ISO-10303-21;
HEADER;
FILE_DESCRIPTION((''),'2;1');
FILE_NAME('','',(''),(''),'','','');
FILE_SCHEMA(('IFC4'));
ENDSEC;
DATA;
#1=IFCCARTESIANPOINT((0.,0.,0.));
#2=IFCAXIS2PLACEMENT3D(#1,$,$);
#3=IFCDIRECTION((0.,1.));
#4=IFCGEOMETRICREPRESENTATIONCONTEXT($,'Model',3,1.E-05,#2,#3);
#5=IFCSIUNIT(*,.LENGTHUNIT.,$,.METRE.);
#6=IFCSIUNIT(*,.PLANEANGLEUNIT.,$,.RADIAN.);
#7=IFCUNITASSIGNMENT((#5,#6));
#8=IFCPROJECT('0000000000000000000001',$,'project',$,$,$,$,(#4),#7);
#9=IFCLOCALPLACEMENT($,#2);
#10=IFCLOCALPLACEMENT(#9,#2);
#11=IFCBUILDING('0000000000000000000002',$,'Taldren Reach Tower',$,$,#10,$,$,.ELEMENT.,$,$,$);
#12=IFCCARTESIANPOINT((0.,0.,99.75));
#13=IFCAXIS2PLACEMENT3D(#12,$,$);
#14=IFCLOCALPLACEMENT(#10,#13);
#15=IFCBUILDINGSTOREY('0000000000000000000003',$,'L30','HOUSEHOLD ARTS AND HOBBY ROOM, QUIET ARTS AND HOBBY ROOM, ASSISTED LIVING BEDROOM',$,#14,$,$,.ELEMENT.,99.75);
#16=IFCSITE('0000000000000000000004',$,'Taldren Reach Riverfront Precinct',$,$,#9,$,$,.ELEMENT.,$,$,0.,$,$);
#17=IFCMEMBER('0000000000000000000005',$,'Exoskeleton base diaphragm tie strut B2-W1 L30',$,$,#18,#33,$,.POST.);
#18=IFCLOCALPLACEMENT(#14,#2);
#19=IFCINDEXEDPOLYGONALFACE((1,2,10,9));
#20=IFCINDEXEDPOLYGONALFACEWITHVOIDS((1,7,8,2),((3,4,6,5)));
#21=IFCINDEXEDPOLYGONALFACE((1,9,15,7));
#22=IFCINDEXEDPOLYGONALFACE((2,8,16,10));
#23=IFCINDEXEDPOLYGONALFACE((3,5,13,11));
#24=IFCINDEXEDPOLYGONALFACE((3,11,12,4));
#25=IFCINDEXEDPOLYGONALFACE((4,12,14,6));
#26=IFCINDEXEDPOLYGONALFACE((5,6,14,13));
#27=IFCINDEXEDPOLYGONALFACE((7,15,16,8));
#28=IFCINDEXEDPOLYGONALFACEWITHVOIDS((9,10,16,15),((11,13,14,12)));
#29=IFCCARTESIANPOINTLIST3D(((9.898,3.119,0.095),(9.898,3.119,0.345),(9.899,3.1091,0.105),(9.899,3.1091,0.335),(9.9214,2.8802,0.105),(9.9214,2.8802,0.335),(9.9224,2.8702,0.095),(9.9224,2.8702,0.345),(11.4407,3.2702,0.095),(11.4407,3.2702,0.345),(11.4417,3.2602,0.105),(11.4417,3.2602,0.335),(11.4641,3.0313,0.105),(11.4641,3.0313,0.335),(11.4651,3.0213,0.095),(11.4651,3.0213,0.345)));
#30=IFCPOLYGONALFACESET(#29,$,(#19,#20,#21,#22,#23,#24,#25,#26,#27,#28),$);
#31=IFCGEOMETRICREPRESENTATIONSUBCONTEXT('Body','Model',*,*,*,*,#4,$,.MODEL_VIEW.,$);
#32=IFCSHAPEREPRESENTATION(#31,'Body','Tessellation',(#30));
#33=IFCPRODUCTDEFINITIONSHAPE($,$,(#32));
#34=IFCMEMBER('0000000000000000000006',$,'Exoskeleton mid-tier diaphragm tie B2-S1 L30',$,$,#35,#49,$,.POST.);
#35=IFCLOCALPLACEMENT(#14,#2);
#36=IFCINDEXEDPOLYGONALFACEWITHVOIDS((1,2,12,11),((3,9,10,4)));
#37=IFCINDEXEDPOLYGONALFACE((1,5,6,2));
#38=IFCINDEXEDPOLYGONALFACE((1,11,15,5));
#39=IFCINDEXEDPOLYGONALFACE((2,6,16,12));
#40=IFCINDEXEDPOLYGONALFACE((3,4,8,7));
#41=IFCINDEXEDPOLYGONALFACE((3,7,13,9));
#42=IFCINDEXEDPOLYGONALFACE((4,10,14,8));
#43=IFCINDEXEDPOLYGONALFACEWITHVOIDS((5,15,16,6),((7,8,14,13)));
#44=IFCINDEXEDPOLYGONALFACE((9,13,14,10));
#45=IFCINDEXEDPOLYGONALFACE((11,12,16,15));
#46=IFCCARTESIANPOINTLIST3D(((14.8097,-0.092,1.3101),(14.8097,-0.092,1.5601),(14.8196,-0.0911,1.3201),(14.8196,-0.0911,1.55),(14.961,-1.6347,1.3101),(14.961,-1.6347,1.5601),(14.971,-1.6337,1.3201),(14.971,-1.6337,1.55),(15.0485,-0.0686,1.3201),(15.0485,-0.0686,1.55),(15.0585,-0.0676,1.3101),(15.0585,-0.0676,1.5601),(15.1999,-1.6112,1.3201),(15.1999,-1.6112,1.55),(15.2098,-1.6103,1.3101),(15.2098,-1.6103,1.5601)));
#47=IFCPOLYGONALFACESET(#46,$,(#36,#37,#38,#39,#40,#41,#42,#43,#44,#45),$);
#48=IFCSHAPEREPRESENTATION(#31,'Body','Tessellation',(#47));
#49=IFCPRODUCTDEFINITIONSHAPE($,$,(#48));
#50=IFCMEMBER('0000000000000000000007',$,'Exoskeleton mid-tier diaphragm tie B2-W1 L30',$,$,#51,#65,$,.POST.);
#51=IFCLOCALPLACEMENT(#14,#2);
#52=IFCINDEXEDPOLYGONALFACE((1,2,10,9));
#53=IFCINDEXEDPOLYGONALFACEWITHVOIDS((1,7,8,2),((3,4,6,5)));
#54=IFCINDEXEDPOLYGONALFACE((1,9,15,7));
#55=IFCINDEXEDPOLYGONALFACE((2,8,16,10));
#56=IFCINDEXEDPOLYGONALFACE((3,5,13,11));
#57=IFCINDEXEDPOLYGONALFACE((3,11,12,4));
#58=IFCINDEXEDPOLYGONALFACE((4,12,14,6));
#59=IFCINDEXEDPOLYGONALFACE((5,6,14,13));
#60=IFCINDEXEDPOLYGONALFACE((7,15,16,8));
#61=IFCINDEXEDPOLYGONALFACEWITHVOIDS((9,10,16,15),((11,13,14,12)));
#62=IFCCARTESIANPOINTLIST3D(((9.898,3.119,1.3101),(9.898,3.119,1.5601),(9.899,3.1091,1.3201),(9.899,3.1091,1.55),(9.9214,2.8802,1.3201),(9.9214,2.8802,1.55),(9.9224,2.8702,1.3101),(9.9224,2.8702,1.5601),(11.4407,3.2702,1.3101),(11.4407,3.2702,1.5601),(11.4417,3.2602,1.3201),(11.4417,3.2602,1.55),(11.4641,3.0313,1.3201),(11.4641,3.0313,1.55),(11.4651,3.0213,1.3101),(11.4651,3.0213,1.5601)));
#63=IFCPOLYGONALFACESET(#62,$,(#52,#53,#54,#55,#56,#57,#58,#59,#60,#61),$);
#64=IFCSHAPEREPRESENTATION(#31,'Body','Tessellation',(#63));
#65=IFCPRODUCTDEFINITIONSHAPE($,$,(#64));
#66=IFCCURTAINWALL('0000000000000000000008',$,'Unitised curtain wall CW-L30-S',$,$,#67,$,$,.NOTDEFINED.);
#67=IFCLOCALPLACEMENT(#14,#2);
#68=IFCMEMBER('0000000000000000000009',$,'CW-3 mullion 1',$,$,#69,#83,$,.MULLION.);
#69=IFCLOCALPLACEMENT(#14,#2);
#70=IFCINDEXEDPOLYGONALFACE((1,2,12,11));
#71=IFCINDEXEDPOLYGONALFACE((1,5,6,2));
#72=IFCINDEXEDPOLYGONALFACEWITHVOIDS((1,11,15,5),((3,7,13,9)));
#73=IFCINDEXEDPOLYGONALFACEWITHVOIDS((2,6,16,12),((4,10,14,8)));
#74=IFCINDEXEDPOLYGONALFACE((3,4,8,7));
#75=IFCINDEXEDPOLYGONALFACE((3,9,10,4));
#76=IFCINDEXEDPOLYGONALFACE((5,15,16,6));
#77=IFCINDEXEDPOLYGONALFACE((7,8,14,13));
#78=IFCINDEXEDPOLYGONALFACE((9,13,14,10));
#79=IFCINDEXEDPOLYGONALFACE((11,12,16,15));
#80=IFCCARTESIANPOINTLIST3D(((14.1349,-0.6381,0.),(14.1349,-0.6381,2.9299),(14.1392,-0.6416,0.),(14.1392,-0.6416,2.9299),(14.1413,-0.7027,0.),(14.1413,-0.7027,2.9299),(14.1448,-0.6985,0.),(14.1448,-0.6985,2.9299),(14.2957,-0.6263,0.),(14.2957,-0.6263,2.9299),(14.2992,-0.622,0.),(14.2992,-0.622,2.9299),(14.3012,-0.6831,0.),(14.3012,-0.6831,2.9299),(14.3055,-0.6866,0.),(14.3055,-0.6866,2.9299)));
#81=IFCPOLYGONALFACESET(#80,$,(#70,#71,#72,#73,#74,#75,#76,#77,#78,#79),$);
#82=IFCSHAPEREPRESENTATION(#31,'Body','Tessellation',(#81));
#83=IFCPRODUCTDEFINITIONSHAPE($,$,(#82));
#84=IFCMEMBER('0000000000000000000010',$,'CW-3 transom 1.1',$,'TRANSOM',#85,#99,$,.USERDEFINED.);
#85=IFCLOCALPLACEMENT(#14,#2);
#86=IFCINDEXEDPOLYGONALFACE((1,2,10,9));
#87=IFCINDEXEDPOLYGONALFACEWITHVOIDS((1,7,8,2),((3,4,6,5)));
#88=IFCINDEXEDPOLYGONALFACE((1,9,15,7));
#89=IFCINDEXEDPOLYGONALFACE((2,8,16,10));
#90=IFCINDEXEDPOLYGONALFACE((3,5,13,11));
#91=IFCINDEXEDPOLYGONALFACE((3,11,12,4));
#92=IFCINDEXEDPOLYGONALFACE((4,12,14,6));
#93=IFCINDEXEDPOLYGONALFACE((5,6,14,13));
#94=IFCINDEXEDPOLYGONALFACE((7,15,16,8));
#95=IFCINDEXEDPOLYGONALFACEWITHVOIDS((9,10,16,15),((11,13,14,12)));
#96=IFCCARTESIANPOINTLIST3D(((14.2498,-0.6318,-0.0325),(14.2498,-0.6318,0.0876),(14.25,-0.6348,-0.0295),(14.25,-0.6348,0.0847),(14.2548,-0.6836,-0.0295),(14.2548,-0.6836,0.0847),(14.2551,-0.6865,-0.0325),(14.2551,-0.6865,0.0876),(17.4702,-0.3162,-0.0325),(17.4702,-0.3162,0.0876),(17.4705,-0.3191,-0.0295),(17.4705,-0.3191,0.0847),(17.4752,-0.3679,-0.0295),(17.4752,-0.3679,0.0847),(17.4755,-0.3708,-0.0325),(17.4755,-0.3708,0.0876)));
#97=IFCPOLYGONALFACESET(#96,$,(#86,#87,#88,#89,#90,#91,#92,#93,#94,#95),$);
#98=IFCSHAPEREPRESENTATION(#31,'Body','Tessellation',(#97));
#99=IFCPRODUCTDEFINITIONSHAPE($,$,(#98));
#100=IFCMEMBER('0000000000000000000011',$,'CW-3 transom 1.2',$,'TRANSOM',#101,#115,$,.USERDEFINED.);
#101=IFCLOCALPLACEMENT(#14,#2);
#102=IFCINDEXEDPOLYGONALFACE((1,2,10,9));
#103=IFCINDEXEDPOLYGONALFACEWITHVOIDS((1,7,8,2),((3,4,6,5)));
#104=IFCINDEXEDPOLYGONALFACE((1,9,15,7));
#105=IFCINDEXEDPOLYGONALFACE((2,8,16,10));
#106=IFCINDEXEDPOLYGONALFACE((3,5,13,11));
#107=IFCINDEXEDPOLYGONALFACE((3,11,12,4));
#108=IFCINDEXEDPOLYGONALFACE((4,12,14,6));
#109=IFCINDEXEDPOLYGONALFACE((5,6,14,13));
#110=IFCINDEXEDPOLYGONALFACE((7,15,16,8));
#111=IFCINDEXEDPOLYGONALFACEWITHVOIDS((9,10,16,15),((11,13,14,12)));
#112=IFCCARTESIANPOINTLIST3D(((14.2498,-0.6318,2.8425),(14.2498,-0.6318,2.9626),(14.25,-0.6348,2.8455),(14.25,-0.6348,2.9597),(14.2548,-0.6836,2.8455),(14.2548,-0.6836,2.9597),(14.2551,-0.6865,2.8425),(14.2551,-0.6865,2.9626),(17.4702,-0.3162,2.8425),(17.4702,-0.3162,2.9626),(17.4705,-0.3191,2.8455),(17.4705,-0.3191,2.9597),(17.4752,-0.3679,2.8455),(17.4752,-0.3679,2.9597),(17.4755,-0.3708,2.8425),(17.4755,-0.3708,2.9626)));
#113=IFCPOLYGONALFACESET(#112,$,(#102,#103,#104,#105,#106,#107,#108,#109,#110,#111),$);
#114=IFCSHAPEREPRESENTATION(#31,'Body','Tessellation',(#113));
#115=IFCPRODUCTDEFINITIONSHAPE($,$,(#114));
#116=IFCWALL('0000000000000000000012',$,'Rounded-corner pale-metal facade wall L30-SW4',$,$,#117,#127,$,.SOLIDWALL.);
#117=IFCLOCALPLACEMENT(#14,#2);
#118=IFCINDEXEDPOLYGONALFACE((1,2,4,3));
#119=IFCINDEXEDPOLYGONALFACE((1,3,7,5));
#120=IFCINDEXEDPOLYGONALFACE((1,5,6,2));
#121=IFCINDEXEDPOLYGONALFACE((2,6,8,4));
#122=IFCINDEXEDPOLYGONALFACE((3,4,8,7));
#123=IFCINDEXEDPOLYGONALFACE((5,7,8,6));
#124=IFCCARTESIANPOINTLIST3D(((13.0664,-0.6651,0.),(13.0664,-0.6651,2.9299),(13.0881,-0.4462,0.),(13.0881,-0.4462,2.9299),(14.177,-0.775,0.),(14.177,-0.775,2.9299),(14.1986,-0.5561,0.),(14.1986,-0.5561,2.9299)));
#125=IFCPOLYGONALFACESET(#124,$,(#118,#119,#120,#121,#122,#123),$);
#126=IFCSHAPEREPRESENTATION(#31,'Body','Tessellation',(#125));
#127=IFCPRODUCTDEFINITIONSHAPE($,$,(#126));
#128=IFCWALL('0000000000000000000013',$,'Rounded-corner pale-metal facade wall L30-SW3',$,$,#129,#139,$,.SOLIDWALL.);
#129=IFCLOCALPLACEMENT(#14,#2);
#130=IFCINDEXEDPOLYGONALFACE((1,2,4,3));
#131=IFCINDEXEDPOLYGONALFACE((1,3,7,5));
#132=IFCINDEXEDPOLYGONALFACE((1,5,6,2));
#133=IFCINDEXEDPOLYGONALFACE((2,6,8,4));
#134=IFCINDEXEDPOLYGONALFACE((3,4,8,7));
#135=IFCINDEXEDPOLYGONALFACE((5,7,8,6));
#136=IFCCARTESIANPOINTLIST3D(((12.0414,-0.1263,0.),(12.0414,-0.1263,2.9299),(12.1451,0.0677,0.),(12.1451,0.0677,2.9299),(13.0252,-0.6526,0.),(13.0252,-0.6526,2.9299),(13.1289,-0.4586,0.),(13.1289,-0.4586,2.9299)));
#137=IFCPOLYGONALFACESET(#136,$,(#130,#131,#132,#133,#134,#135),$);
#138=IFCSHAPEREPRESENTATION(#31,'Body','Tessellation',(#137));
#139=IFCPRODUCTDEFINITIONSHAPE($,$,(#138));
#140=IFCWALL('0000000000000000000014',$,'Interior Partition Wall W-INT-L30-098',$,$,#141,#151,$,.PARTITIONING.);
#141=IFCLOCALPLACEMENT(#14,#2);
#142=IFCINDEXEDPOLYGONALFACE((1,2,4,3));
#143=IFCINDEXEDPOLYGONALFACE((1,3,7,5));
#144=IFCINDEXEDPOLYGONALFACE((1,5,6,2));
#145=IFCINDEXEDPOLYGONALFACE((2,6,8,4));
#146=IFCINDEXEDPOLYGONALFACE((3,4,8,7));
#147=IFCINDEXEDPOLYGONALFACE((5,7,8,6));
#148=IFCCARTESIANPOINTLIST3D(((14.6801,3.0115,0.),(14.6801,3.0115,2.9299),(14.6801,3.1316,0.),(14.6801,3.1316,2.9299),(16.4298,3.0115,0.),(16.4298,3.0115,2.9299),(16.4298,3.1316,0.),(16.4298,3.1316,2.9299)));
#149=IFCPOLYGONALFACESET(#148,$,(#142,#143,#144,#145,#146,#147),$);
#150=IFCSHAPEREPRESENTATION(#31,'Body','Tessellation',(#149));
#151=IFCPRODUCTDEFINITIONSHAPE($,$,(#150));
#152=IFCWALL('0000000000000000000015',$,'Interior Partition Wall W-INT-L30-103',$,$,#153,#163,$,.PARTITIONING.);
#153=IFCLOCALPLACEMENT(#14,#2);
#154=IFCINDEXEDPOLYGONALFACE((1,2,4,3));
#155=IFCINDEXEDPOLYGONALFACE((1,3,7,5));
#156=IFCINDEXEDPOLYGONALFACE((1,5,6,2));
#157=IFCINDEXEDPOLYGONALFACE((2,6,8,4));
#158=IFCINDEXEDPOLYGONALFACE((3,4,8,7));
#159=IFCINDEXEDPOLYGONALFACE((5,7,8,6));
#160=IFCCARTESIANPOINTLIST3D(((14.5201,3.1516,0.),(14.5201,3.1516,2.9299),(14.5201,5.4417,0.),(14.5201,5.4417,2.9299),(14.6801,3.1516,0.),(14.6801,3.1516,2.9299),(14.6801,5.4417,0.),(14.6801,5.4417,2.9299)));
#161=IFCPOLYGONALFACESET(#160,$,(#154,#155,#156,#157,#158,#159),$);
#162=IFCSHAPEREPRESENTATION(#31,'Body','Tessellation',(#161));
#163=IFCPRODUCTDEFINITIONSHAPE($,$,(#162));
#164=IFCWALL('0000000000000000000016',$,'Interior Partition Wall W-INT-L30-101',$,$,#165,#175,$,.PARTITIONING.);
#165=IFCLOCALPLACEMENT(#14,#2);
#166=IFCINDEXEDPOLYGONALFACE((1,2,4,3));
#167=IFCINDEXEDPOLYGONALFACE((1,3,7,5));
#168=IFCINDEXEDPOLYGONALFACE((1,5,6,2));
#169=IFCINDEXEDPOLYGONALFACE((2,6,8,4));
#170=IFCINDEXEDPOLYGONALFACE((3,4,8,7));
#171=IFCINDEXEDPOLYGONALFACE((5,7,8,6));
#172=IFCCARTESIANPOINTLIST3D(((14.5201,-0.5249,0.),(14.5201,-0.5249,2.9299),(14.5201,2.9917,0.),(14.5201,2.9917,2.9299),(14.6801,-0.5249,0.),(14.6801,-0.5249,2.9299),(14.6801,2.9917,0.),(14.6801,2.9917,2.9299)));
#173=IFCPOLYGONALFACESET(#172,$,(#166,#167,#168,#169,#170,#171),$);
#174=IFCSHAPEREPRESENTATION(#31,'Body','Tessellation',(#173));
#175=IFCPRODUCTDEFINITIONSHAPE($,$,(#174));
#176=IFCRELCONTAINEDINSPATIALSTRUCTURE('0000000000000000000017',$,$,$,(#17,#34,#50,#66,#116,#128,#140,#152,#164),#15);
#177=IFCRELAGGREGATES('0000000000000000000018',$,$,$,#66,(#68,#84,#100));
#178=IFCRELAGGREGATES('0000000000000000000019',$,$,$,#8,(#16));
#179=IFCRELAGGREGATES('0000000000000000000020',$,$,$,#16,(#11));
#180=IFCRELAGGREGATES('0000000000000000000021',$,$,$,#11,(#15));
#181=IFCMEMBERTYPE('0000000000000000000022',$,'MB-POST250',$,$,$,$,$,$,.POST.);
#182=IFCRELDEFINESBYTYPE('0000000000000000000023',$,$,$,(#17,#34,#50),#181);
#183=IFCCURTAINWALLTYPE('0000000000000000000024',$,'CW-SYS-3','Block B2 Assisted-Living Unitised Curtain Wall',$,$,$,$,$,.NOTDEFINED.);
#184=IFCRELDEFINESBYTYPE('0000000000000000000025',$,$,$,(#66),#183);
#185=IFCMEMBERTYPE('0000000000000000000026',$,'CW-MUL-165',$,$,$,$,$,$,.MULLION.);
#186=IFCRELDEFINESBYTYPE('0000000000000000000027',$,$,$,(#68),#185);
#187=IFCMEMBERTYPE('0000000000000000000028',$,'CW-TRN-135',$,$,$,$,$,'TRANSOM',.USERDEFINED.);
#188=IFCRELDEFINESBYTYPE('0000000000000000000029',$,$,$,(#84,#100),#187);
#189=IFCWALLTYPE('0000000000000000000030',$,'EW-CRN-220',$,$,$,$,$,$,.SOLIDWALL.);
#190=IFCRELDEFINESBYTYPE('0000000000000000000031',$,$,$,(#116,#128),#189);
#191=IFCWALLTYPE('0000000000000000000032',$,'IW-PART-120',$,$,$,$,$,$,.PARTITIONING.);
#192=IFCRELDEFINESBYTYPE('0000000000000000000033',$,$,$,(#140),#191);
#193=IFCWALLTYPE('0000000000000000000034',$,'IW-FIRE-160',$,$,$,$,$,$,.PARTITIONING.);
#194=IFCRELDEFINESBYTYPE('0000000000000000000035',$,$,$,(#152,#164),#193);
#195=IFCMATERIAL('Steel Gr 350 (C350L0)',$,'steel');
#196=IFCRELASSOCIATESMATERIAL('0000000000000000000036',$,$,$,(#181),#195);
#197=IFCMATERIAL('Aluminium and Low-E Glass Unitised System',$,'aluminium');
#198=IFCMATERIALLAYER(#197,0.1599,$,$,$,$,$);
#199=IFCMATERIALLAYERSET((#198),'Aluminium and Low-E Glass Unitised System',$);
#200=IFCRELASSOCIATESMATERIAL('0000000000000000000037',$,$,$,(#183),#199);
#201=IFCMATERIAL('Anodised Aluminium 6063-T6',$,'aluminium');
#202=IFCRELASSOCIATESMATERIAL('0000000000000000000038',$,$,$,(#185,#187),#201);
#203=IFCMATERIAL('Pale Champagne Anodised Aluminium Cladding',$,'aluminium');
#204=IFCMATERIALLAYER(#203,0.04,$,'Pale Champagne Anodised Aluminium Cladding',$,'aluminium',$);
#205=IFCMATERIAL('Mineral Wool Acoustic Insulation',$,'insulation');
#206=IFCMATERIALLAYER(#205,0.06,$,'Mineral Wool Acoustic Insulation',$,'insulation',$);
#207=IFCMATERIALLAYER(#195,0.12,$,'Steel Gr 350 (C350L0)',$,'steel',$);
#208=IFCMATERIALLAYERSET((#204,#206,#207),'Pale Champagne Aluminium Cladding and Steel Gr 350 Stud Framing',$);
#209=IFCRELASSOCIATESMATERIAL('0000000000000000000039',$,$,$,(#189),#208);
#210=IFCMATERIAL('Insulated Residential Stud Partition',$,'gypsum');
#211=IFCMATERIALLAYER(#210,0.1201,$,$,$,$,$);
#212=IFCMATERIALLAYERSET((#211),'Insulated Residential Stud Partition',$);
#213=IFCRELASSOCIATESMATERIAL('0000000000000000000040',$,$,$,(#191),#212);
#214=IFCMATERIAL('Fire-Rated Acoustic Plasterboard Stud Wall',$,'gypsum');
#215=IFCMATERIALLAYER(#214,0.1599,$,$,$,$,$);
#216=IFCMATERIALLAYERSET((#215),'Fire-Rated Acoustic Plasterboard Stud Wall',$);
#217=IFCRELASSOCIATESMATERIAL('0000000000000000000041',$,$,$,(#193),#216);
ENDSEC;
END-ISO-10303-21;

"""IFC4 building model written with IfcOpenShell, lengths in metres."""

from ifc_helpers import new_model, si_unit, direction, frame, frame_2d, origin, origin_2d, place, context, subcontext, project, spatial, rectangle, hollow_rectangle, extrude, source, transform, mapped, material, layer, layer_set, material_profile, profile_set, type_object, element, aggregate, save


model = new_model("IFC4")

# Units and contexts
model_context = context("Model", 3, precision=1e-05, world=origin(), true_north=direction((0.0, 1.0)))
body_context = subcontext(model_context, "Body", "Model", "MODEL_VIEW")
ifc_project = project(units=[si_unit("LENGTHUNIT", "METRE"), si_unit("PLANEANGLEUNIT", "RADIAN")], contexts=[model_context])

# Site, building, storey
site_placement = place(None, origin())
site = spatial("IfcSite", under=ifc_project, at=site_placement, Name="Taldren Reach Riverfront Precinct", CompositionType="ELEMENT", RefElevation=0.0)
building_placement = place(site_placement, origin())
building = spatial("IfcBuilding", under=site, at=building_placement, Name="Taldren Reach Tower", CompositionType="ELEMENT")
storey_placement = place(building_placement, frame((0.0, 0.0, 99.75)))
storey = spatial("IfcBuildingStorey", under=building, at=storey_placement, Name="L30", Description="HOUSEHOLD ARTS AND HOBBY ROOM, QUIET ARTS AND HOBBY ROOM, ASSISTED LIVING BEDROOM", CompositionType="ELEMENT", Elevation=99.75)

# Members
ifc_material_1 = material(Name="Steel Gr 350 (C350L0)", Category="steel")
ifc_material_profile_1 = material_profile(ifc_material_1, hollow_rectangle(XDim=0.25, YDim=0.25, WallThickness=0.01, at=origin_2d()), Name="250x250x10.0SHS")
ifc_profile_set_1 = profile_set([ifc_material_profile_1], Name="Steel Gr 350 (C350L0)")
member_type_1 = type_object("IfcMemberType", Name="MB-POST250", PredefinedType="POST", material=ifc_profile_set_1)
shared_shape_1 = source(origin(), body_context, "Body", "SweptSolid", [
    extrude(hollow_rectangle(XDim=0.25, YDim=0.25, WallThickness=0.01, at=origin_2d()), origin(), (0.0, 0.0, 1.0), 1.55),
])
for number, where, z_axis, x_axis, name in (
    (1, (11.4529, 3.1458, 0.22), (-0.995236, -0.097492, 0.0), (0.097492, -0.995236, 0.0), "Exoskeleton base diaphragm tie strut B2-W1 L30"),
    (2, (14.9341, -0.0798, 1.4351), (0.097648, -0.995221, 0.0), (0.995221, 0.097648, 0.0), "Exoskeleton mid-tier diaphragm tie B2-S1 L30"),
    (3, (11.4529, 3.1458, 1.4351), (-0.995236, -0.097492, 0.0), (0.097492, -0.995236, 0.0), "Exoskeleton mid-tier diaphragm tie B2-W1 L30"),
):
    element("IfcMember", number, at=place(storey_placement, frame(where, z_axis=z_axis, x_axis=x_axis)), inside=storey, type_object=member_type_1, Name=name, PredefinedType="POST", context=body_context, shape_type="MappedRepresentation", body=[
        mapped(shared_shape_1, transform((0.0, 0.0, 0.0), scale=1.0)),
    ])

# Curtain wall, members
ifc_material_2 = material(Name="Aluminium and Low-E Glass Unitised System", Category="aluminium")
ifc_layer_1 = layer(ifc_material_2, 0.1599)
ifc_layer_set_1 = layer_set([ifc_layer_1], Name="Aluminium and Low-E Glass Unitised System")
curtain_wall_type = type_object("IfcCurtainWallType", Name="CW-SYS-3", Description="Block B2 Assisted-Living Unitised Curtain Wall", PredefinedType="NOTDEFINED", material=ifc_layer_set_1)
curtain_wall_placement = place(storey_placement, origin())
curtain_wall = element("IfcCurtainWall", 4, at=curtain_wall_placement, inside=storey, type_object=curtain_wall_type, Name="Unitised curtain wall CW-L30-S", PredefinedType="NOTDEFINED")
ifc_material_3 = material(Name="Anodised Aluminium 6063-T6", Category="aluminium")
ifc_material_profile_2 = material_profile(ifc_material_3, hollow_rectangle(XDim=0.0649, YDim=0.165, WallThickness=0.0039, at=origin_2d()), Name="ALU-165x65x4RHS")
ifc_profile_set_2 = profile_set([ifc_material_profile_2], Name="Anodised Aluminium 6063-T6")
member_type_2 = type_object("IfcMemberType", Name="CW-MUL-165", PredefinedType="MULLION", material=ifc_profile_set_2)
shared_shape_2 = source(origin(), body_context, "Body", "SweptSolid", [
    extrude(hollow_rectangle(XDim=0.0649, YDim=0.165, WallThickness=0.0039, at=origin_2d()), origin(), (0.0, 0.0, 1.0), 2.9299),
])
member_1_placement = place(storey_placement, frame((14.2202, -0.6624, 0.0), z_axis=(0.0, 0.0, 1.0), x_axis=(-0.097583, 0.995227, 0.0)))
member_1 = element("IfcMember", 5, at=member_1_placement, type_object=member_type_2, Name="CW-3 mullion 1", PredefinedType="MULLION", context=body_context, shape_type="MappedRepresentation", body=[
    mapped(shared_shape_2, transform((0.0, 0.0, 0.0), scale=1.0)),
])
ifc_material_profile_3 = material_profile(ifc_material_3, hollow_rectangle(XDim=0.0549, YDim=0.1201, WallThickness=0.0029, at=origin_2d()), Name="ALU-120x55x3RHS")
ifc_profile_set_3 = profile_set([ifc_material_profile_3], Name="Anodised Aluminium 6063-T6")
member_type_3 = type_object("IfcMemberType", Name="CW-TRN-135", ElementType="TRANSOM", PredefinedType="USERDEFINED", material=ifc_profile_set_3)
shared_shape_3 = source(origin(), body_context, "Body", "SweptSolid", [
    extrude(hollow_rectangle(XDim=0.0549, YDim=0.1201, WallThickness=0.0029, at=origin_2d()), origin(), (0.0, 0.0, 1.0), 3.2358),
])
member_2_placement = place(storey_placement, frame((14.2524, -0.6592, 0.0276), z_axis=(0.99523, 0.097554, 0.0), x_axis=(-0.097554, 0.99523, 0.0)))
member_2 = element("IfcMember", 6, at=member_2_placement, type_object=member_type_3, Name="CW-3 transom 1.1", ObjectType="TRANSOM", PredefinedType="USERDEFINED", context=body_context, shape_type="MappedRepresentation", body=[
    mapped(shared_shape_3, transform((0.0, 0.0, 0.0), scale=1.0)),
])
member_3_placement = place(storey_placement, frame((14.2524, -0.6592, 2.9026), z_axis=(0.99523, 0.097554, 0.0), x_axis=(-0.097554, 0.99523, 0.0)))
member_3 = element("IfcMember", 7, at=member_3_placement, type_object=member_type_3, Name="CW-3 transom 1.2", ObjectType="TRANSOM", PredefinedType="USERDEFINED", context=body_context, shape_type="MappedRepresentation", body=[
    mapped(shared_shape_3, transform((0.0, 0.0, 0.0), scale=1.0)),
])
aggregate(curtain_wall, [member_1, member_2, member_3])

# Walls
ifc_material_4 = material(Name="Pale Champagne Anodised Aluminium Cladding", Category="aluminium")
ifc_layer_2 = layer(ifc_material_4, 0.04, Name="Pale Champagne Anodised Aluminium Cladding", Category="aluminium")
ifc_material_5 = material(Name="Mineral Wool Acoustic Insulation", Category="insulation")
ifc_layer_3 = layer(ifc_material_5, 0.06, Name="Mineral Wool Acoustic Insulation", Category="insulation")
ifc_layer_4 = layer(ifc_material_1, 0.12, Name="Steel Gr 350 (C350L0)", Category="steel")
ifc_layer_set_2 = layer_set([ifc_layer_2, ifc_layer_3, ifc_layer_4], Name="Pale Champagne Aluminium Cladding and Steel Gr 350 Stud Framing")
wall_type_1 = type_object("IfcWallType", Name="EW-CRN-220", PredefinedType="SOLIDWALL", material=ifc_layer_set_2)
shared_shape_4 = source(origin(), body_context, "Body", "SweptSolid", [
    extrude(rectangle(XDim=1.116, YDim=0.22, at=frame_2d((0.5581, 0.0))), origin(), (0.0, 0.0, 1.0), 2.9299),
])
wall_1_placement = place(storey_placement, frame((13.0771, -0.5557, 0.0), z_axis=(0.0, 0.0, 1.0), x_axis=(0.995143, -0.098442, 0.0)))
element("IfcWall", 8, at=wall_1_placement, inside=storey, type_object=wall_type_1, Name="Rounded-corner pale-metal facade wall L30-SW4", PredefinedType="SOLIDWALL", context=body_context, shape_type="MappedRepresentation", body=[
    mapped(shared_shape_4, transform((0.0, 0.0, 0.0), scale=1.0)),
])
shared_shape_5 = source(origin(), body_context, "Body", "SweptSolid", [
    extrude(rectangle(XDim=1.1157, YDim=0.22, at=frame_2d((0.5579, 0.0))), origin(), (0.0, 0.0, 1.0), 2.9299),
])
wall_2_placement = place(storey_placement, frame((12.0933, -0.0293, 0.0), z_axis=(0.0, 0.0, 1.0), x_axis=(0.881747, -0.471723, 0.0)))
element("IfcWall", 9, at=wall_2_placement, inside=storey, type_object=wall_type_1, Name="Rounded-corner pale-metal facade wall L30-SW3", PredefinedType="SOLIDWALL", context=body_context, shape_type="MappedRepresentation", body=[
    mapped(shared_shape_5, transform((0.0, 0.0, 0.0), scale=1.0)),
])
ifc_material_6 = material(Name="Insulated Residential Stud Partition", Category="gypsum")
ifc_layer_5 = layer(ifc_material_6, 0.1201)
ifc_layer_set_3 = layer_set([ifc_layer_5], Name="Insulated Residential Stud Partition")
wall_type_2 = type_object("IfcWallType", Name="IW-PART-120", PredefinedType="PARTITIONING", material=ifc_layer_set_3)
shared_shape_6 = source(origin(), body_context, "Body", "SweptSolid", [
    extrude(rectangle(XDim=1.7498, YDim=0.1201, at=frame_2d((0.875, 0.0))), origin(), (0.0, 0.0, 1.0), 2.9299),
])
wall_3_placement = place(storey_placement, frame((14.6799, 3.0715, 0.0), z_axis=(0.0, 0.0, 1.0), x_axis=(1.0, 0.0, 0.0)))
element("IfcWall", 10, at=wall_3_placement, inside=storey, type_object=wall_type_2, Name="Interior Partition Wall W-INT-L30-098", PredefinedType="PARTITIONING", context=body_context, shape_type="MappedRepresentation", body=[
    mapped(shared_shape_6, transform((0.0, 0.0, 0.0), scale=1.0)),
])
ifc_material_7 = material(Name="Fire-Rated Acoustic Plasterboard Stud Wall", Category="gypsum")
ifc_layer_6 = layer(ifc_material_7, 0.1599)
ifc_layer_set_4 = layer_set([ifc_layer_6], Name="Fire-Rated Acoustic Plasterboard Stud Wall")
wall_type_3 = type_object("IfcWallType", Name="IW-FIRE-160", PredefinedType="PARTITIONING", material=ifc_layer_set_4)
shared_shape_7 = source(origin(), body_context, "Body", "SweptSolid", [
    extrude(rectangle(XDim=2.29, YDim=0.1599, at=frame_2d((1.145, 0.0))), origin(), (0.0, 0.0, 1.0), 2.9299),
])
wall_4_placement = place(storey_placement, frame((14.6001, 3.1516, 0.0), z_axis=(0.0, 0.0, 1.0), x_axis=(0.0, 1.0, 0.0)))
element("IfcWall", 11, at=wall_4_placement, inside=storey, type_object=wall_type_3, Name="Interior Partition Wall W-INT-L30-103", PredefinedType="PARTITIONING", context=body_context, shape_type="MappedRepresentation", body=[
    mapped(shared_shape_7, transform((0.0, 0.0, 0.0), scale=1.0)),
])
shared_shape_8 = source(origin(), body_context, "Body", "SweptSolid", [
    extrude(rectangle(XDim=3.5166, YDim=0.1599, at=frame_2d((1.7583, 0.0))), origin(), (0.0, 0.0, 1.0), 2.9299),
])
wall_5_placement = place(storey_placement, frame((14.6001, -0.5249, 0.0), z_axis=(0.0, 0.0, 1.0), x_axis=(0.0, 1.0, 0.0)))
element("IfcWall", 12, at=wall_5_placement, inside=storey, type_object=wall_type_3, Name="Interior Partition Wall W-INT-L30-101", PredefinedType="PARTITIONING", context=body_context, shape_type="MappedRepresentation", body=[
    mapped(shared_shape_8, transform((0.0, 0.0, 0.0), scale=1.0)),
])

save(model, "model.ifc")
